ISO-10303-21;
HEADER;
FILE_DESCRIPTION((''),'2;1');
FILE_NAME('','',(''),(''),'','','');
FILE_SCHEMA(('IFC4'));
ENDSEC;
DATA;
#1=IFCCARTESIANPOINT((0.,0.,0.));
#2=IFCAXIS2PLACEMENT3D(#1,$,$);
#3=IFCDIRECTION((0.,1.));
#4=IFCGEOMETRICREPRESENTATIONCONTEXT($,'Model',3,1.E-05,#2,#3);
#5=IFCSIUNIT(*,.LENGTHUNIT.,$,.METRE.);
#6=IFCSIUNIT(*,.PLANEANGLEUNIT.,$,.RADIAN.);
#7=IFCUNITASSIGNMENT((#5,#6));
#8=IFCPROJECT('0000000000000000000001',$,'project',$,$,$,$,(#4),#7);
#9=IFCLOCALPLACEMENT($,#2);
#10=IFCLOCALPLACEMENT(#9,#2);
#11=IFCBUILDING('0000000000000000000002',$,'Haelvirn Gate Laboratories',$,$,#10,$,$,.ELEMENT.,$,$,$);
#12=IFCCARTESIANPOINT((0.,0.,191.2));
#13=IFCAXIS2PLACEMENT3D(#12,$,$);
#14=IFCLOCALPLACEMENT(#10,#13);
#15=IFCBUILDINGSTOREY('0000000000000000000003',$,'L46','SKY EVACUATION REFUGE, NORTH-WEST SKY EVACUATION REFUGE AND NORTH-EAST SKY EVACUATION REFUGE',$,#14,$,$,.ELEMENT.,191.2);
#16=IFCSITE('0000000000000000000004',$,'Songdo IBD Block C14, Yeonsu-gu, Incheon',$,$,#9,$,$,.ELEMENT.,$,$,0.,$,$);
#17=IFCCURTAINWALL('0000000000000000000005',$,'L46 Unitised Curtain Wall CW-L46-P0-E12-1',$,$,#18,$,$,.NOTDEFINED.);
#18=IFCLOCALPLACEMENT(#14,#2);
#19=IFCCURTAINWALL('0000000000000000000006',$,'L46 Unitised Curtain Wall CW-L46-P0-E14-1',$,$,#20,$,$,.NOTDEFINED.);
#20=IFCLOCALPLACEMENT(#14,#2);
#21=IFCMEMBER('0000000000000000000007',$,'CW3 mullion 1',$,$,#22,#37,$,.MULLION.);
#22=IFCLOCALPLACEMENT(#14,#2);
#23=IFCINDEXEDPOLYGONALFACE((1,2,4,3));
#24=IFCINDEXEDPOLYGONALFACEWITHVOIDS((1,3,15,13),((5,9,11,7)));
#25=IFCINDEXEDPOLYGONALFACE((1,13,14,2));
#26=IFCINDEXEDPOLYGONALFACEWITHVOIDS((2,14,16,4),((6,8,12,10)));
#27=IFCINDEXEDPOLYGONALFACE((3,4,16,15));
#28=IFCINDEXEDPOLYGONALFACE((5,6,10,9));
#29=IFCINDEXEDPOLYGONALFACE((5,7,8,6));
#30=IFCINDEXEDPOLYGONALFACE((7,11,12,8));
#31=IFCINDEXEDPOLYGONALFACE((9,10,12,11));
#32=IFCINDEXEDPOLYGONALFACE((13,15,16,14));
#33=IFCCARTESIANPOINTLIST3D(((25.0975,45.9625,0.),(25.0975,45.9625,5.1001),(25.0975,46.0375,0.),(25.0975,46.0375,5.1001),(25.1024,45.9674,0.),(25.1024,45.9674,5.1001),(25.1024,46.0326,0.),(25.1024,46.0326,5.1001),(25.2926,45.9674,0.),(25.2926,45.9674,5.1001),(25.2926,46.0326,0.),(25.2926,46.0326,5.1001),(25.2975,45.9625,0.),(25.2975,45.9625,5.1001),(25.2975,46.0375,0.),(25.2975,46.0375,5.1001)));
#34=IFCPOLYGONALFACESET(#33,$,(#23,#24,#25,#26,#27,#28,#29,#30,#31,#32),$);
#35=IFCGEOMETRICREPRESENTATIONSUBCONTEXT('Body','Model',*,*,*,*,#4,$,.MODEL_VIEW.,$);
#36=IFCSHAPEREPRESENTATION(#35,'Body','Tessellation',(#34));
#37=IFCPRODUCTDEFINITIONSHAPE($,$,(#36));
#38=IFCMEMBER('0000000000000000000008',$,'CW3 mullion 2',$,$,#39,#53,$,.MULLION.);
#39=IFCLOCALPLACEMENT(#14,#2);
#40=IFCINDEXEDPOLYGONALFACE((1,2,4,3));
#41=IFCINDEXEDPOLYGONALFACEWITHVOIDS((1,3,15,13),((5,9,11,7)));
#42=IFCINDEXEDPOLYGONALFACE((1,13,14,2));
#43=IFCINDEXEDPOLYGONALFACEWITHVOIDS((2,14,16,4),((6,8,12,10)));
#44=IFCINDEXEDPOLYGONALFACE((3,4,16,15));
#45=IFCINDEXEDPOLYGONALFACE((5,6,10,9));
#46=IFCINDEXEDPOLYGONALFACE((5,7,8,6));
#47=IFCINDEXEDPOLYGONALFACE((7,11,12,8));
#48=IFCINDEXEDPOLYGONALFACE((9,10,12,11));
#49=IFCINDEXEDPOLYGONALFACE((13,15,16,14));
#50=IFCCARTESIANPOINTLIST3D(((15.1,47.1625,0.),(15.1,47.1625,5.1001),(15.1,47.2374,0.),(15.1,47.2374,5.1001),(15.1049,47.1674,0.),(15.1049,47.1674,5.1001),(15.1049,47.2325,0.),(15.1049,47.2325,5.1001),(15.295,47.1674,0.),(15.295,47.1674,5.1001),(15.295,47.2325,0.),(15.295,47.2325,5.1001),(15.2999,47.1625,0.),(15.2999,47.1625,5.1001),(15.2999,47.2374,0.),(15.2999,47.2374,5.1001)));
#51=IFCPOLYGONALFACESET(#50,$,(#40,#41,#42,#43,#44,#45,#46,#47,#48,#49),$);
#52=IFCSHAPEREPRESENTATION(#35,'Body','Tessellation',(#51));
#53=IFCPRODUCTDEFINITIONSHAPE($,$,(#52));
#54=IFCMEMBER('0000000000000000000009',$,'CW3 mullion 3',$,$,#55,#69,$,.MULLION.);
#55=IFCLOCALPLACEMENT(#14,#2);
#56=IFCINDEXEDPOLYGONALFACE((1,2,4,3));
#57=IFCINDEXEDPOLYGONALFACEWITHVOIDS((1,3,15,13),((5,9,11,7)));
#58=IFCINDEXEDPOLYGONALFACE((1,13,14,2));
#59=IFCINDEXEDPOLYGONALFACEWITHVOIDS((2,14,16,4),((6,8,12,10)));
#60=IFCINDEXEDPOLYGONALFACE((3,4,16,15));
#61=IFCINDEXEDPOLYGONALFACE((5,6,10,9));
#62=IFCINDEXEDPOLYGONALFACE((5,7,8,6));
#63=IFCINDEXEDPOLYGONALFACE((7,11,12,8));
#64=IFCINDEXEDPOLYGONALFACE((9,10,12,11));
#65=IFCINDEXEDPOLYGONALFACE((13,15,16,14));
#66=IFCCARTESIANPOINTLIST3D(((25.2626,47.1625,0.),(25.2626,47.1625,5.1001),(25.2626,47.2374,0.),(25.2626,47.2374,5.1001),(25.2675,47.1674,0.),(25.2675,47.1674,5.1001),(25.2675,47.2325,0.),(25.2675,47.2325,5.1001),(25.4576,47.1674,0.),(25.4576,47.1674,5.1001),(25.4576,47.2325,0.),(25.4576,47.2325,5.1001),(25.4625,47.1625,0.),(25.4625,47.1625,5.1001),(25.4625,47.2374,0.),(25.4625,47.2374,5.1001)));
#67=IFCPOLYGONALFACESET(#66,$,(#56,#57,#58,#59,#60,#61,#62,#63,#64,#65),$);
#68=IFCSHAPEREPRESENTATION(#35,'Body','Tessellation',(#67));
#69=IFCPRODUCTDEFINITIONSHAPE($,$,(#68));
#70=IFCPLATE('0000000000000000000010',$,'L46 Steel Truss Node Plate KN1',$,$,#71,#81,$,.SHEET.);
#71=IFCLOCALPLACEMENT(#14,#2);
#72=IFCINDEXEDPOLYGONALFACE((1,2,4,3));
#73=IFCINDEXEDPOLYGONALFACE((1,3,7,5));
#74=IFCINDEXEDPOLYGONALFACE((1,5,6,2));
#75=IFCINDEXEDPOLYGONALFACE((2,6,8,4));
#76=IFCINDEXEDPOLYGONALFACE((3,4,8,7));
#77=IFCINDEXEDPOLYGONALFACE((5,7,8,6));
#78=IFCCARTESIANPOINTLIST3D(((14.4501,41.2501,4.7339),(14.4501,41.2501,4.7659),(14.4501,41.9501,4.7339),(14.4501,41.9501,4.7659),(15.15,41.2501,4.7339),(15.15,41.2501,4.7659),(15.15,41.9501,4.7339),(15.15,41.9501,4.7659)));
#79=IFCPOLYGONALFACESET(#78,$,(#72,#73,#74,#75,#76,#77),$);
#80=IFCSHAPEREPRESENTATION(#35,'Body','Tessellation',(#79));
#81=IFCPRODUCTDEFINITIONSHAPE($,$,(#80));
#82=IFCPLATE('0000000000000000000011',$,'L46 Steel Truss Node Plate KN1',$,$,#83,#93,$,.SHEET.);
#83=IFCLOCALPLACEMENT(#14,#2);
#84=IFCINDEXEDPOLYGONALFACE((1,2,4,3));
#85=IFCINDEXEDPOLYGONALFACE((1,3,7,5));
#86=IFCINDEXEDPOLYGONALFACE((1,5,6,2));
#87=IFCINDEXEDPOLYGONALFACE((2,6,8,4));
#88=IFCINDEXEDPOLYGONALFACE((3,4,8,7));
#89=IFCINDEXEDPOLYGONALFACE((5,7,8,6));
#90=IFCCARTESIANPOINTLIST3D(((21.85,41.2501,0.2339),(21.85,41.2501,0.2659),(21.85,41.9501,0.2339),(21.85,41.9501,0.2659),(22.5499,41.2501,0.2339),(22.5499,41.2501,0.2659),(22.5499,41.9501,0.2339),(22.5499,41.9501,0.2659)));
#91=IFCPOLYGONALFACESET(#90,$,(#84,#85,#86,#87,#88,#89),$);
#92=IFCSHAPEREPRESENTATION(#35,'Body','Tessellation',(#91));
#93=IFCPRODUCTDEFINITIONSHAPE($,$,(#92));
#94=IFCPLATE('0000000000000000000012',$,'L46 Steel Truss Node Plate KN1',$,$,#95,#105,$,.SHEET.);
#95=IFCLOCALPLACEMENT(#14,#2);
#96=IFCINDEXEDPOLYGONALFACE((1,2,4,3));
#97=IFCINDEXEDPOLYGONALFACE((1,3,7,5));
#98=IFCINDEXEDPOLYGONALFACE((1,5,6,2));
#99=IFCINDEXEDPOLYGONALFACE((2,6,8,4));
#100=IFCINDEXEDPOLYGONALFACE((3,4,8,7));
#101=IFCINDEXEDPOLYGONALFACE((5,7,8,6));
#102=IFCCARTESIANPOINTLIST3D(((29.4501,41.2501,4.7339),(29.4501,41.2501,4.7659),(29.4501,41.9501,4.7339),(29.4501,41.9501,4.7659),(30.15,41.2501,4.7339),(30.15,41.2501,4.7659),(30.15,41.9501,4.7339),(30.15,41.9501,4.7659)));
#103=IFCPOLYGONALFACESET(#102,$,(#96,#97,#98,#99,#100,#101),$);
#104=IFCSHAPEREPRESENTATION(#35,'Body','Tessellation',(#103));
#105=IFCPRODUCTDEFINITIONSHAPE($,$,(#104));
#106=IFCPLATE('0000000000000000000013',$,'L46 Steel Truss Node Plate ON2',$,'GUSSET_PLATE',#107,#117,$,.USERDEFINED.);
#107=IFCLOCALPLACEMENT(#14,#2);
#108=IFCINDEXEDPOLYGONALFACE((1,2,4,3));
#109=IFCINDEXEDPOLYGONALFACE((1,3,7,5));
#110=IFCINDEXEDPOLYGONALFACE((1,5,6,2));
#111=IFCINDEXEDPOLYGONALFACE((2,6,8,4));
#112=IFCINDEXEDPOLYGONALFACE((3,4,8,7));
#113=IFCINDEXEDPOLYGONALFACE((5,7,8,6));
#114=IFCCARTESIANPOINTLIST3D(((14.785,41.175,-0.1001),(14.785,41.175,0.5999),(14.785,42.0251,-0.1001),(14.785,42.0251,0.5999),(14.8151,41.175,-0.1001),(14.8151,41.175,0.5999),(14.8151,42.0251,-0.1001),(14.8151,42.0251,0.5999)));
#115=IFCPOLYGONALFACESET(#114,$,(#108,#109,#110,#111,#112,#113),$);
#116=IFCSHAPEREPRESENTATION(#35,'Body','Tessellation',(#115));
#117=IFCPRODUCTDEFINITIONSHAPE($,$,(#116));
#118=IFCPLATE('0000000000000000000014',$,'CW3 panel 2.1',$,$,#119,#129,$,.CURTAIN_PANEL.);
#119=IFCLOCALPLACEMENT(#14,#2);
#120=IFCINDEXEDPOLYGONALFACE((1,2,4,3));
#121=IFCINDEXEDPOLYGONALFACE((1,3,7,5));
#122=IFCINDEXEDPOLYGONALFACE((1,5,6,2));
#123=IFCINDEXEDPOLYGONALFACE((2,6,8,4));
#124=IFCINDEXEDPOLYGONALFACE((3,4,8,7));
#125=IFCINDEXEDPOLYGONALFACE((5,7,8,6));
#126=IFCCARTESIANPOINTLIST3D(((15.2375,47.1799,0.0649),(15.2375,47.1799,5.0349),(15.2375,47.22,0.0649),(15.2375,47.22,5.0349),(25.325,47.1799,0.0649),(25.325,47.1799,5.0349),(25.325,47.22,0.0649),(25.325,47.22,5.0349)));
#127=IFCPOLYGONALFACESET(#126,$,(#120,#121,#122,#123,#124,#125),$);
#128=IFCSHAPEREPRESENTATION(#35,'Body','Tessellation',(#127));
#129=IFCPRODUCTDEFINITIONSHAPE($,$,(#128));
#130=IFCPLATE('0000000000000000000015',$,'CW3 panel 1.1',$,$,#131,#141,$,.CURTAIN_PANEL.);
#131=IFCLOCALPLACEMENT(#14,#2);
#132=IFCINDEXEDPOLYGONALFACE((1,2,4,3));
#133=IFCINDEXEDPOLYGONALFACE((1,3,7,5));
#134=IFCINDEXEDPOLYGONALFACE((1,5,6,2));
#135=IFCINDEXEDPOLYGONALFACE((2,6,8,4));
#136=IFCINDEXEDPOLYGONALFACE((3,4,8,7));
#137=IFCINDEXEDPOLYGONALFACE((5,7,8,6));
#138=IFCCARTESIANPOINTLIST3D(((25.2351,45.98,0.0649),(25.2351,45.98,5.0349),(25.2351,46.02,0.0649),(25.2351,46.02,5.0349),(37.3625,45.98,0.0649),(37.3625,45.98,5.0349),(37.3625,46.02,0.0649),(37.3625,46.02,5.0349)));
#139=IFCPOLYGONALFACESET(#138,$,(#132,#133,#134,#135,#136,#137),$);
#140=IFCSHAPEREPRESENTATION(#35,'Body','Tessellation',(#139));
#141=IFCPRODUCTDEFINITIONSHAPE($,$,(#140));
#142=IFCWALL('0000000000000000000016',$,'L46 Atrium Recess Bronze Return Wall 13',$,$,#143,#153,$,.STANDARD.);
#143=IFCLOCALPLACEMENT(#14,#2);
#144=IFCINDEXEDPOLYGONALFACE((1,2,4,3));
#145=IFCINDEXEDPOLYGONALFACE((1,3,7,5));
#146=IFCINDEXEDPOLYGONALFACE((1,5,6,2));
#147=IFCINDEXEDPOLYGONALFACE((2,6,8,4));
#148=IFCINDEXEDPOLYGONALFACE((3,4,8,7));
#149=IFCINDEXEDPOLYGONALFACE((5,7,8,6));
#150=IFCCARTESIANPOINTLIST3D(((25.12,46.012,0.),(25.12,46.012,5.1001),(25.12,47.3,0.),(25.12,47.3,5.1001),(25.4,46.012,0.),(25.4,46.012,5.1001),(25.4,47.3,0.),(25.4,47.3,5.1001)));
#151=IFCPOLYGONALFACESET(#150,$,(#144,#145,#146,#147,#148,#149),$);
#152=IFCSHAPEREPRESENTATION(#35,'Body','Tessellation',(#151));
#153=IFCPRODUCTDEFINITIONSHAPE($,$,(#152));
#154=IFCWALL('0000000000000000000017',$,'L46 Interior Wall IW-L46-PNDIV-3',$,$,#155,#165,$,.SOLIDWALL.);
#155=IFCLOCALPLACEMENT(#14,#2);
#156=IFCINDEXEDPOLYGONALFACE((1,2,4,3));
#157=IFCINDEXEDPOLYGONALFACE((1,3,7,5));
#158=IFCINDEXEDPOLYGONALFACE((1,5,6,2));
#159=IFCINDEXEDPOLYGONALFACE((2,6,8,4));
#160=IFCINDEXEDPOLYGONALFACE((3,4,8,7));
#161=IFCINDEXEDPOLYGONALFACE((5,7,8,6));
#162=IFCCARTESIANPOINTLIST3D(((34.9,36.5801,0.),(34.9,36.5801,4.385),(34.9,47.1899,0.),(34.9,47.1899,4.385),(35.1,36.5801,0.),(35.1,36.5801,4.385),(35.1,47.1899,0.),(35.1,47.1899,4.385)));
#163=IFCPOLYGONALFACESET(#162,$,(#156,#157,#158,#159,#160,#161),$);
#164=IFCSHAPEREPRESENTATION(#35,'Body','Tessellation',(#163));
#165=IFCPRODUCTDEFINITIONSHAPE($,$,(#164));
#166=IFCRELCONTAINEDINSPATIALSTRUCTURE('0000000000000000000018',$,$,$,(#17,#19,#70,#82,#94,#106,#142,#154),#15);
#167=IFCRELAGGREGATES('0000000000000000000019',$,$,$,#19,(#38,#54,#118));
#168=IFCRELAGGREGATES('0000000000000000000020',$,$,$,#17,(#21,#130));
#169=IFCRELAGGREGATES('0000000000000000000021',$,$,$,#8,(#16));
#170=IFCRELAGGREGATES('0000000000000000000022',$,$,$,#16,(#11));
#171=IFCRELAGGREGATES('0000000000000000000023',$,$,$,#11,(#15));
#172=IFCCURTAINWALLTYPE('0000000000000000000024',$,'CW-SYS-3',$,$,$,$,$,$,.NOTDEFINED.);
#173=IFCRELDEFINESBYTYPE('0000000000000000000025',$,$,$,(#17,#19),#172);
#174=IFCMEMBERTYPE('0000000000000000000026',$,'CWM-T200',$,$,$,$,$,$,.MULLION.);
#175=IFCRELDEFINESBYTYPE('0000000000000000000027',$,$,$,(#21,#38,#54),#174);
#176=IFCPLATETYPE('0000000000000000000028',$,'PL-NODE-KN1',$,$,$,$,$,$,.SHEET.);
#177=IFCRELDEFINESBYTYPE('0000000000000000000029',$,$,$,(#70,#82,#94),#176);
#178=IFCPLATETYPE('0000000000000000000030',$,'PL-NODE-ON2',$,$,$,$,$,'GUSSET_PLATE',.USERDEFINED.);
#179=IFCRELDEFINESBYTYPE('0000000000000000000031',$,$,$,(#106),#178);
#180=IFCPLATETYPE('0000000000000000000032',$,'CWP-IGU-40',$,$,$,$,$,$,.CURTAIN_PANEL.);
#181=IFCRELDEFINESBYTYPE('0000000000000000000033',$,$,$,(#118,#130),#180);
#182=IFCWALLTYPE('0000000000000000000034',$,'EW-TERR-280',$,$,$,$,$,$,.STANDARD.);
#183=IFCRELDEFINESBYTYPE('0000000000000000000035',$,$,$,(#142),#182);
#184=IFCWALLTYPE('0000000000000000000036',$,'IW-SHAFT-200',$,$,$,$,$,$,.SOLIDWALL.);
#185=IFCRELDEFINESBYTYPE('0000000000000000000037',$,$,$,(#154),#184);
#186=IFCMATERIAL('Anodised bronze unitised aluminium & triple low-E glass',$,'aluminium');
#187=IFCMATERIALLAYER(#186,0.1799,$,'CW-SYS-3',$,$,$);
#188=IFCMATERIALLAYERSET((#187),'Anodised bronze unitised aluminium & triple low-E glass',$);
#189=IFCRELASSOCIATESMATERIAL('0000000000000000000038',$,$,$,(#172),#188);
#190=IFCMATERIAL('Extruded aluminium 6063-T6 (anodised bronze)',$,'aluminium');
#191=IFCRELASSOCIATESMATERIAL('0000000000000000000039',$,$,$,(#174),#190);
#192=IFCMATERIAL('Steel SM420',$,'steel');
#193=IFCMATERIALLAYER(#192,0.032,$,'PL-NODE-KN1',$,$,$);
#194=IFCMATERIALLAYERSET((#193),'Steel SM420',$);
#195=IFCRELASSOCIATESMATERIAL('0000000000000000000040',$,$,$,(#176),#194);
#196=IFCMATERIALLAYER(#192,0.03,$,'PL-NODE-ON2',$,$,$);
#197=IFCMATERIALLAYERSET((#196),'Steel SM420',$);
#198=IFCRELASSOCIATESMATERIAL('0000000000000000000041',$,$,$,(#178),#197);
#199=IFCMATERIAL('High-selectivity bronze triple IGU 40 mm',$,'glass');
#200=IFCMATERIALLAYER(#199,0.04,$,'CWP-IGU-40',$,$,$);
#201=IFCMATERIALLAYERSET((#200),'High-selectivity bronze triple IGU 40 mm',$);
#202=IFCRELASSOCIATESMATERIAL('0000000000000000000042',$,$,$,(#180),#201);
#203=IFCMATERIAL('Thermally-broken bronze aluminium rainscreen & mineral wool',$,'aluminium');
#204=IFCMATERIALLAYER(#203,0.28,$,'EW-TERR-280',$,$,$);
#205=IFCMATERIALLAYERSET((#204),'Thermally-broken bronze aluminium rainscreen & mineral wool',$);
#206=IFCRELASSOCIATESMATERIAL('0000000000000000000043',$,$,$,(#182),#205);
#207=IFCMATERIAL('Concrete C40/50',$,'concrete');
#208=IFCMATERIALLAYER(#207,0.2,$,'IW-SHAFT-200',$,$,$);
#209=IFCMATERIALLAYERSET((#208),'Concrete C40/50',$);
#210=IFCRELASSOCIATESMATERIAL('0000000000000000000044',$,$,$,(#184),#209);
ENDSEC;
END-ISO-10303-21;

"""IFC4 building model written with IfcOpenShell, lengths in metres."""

from ifc_helpers import new_model, si_unit, direction, frame, frame_2d, origin, origin_2d, place, context, subcontext, project, spatial, rectangle, hollow_rectangle, extrude, source, transform, mapped, material, layer, layer_set, material_profile, profile_set, type_object, type_shapes, element, aggregate, save


model = new_model("IFC4")

# Units and contexts
model_context = context("Model", 3, precision=1e-05, world=origin(), true_north=direction((0.0, 1.0)))
body_context = subcontext(model_context, "Body", "Model", "MODEL_VIEW")
ifc_project = project(units=[si_unit("LENGTHUNIT", "METRE"), si_unit("PLANEANGLEUNIT", "RADIAN")], contexts=[model_context])

# Site, building, storey
site_placement = place(None, origin())
site = spatial("IfcSite", under=ifc_project, at=site_placement, Name="Songdo IBD Block C14, Yeonsu-gu, Incheon", CompositionType="ELEMENT", RefElevation=0.0)
building_placement = place(site_placement, origin())
building = spatial("IfcBuilding", under=site, at=building_placement, Name="Haelvirn Gate Laboratories", CompositionType="ELEMENT")
storey_placement = place(building_placement, frame((0.0, 0.0, 191.2)))
storey = spatial("IfcBuildingStorey", under=building, at=storey_placement, Name="L46", Description="SKY EVACUATION REFUGE, NORTH-WEST SKY EVACUATION REFUGE AND NORTH-EAST SKY EVACUATION REFUGE", CompositionType="ELEMENT", Elevation=191.2)

# Shared definitions
ifc_material_1 = material(Name="Steel SM420", Category="steel")

# Curtain walls
ifc_material_2 = material(Name="Anodised bronze unitised aluminium & triple low-E glass", Category="aluminium")
ifc_layer_1 = layer(ifc_material_2, 0.1799, Name="CW-SYS-3")
ifc_layer_set_1 = layer_set([ifc_layer_1], Name="Anodised bronze unitised aluminium & triple low-E glass")
curtain_wall_type = type_object("IfcCurtainWallType", Name="CW-SYS-3", PredefinedType="NOTDEFINED", material=ifc_layer_set_1)
curtain_wall_1_placement = place(storey_placement, origin())
curtain_wall_1 = element("IfcCurtainWall", 1, at=curtain_wall_1_placement, inside=storey, type_object=curtain_wall_type, Name="L46 Unitised Curtain Wall CW-L46-P0-E12-1", PredefinedType="NOTDEFINED")
ifc_material_3 = material(Name="Extruded aluminium 6063-T6 (anodised bronze)", Category="aluminium")
curtain_wall_2_placement = place(storey_placement, origin())
curtain_wall_2 = element("IfcCurtainWall", 2, at=curtain_wall_2_placement, inside=storey, type_object=curtain_wall_type, Name="L46 Unitised Curtain Wall CW-L46-P0-E14-1", PredefinedType="NOTDEFINED")

# Members
ifc_material_profile_1 = material_profile(ifc_material_3, hollow_rectangle(XDim=0.075, YDim=0.2, WallThickness=0.0049, at=origin_2d()), Name="CWM-200x75x5")
ifc_profile_set_1 = profile_set([ifc_material_profile_1], Name="Extruded aluminium 6063-T6 (anodised bronze)")
member_type_1 = type_object("IfcMemberType", Name="CWM-T200", PredefinedType="MULLION", material=ifc_profile_set_1)
shared_shape_1 = source(origin(), body_context, "Body", "SweptSolid", [
    extrude(hollow_rectangle(XDim=0.075, YDim=0.2, WallThickness=0.0049, at=origin_2d()), origin(), (0.0, 0.0, 1.0), 5.1001),
])
type_shapes(member_type_1, [shared_shape_1])
member_1_placement = place(storey_placement, frame((25.1975, 46.0, 0.0), z_axis=(0.0, 0.0, 1.0), x_axis=(0.0, 1.0, 0.0)))
member_1 = element("IfcMember", 3, at=member_1_placement, type_object=member_type_1, Name="CW3 mullion 1", PredefinedType="MULLION", context=body_context, shape_type="MappedRepresentation", body=[
    mapped(shared_shape_1, transform((0.0, 0.0, 0.0), scale=1.0)),
])
member_2_placement = place(storey_placement, frame((15.2, 47.2, 0.0), z_axis=(0.0, 0.0, 1.0), x_axis=(0.0, 1.0, 0.0)))
member_2 = element("IfcMember", 4, at=member_2_placement, type_object=member_type_1, Name="CW3 mullion 2", PredefinedType="MULLION", context=body_context, shape_type="MappedRepresentation", body=[
    mapped(shared_shape_1, transform((0.0, 0.0, 0.0), scale=1.0)),
])
member_3_placement = place(storey_placement, frame((25.3625, 47.2, 0.0), z_axis=(0.0, 0.0, 1.0), x_axis=(0.0, 1.0, 0.0)))
member_3 = element("IfcMember", 5, at=member_3_placement, type_object=member_type_1, Name="CW3 mullion 3", PredefinedType="MULLION", context=body_context, shape_type="MappedRepresentation", body=[
    mapped(shared_shape_1, transform((0.0, 0.0, 0.0), scale=1.0)),
])

# Plates
ifc_layer_2 = layer(ifc_material_1, 0.032, Name="PL-NODE-KN1")
ifc_layer_set_2 = layer_set([ifc_layer_2], Name="Steel SM420")
plate_type_1 = type_object("IfcPlateType", Name="PL-NODE-KN1", PredefinedType="SHEET", material=ifc_layer_set_2)
shared_shape_2 = source(origin(), body_context, "Body", "SweptSolid", [
    extrude(rectangle(XDim=0.7, YDim=0.7, at=origin_2d()), origin(), (0.0, 0.0, 1.0), 0.032),
])
type_shapes(plate_type_1, [shared_shape_2])
for number, where, z_axis, x_axis, name in (
    (6, (14.8, 41.6001, 4.7339), (0.0, 0.0, 1.0), (1.0, 0.0, 0.0), "L46 Steel Truss Node Plate KN1"),
    (7, (22.2, 41.6001, 0.2339), (0.0, 0.0, 1.0), (1.0, 0.0, 0.0), "L46 Steel Truss Node Plate KN1"),
    (8, (29.8, 41.6001, 4.7339), (0.0, 0.0, 1.0), (1.0, 0.0, 0.0), "L46 Steel Truss Node Plate KN1"),
):
    element("IfcPlate", number, at=place(storey_placement, frame(where, z_axis=z_axis, x_axis=x_axis)), inside=storey, type_object=plate_type_1, Name=name, PredefinedType="SHEET", context=body_context, shape_type="MappedRepresentation", body=[
        mapped(shared_shape_2, transform((0.0, 0.0, 0.0), scale=1.0)),
    ])
ifc_layer_3 = layer(ifc_material_1, 0.03, Name="PL-NODE-ON2")
ifc_layer_set_3 = layer_set([ifc_layer_3], Name="Steel SM420")
plate_type_2 = type_object("IfcPlateType", Name="PL-NODE-ON2", ElementType="GUSSET_PLATE", PredefinedType="USERDEFINED", material=ifc_layer_set_3)
shared_shape_3 = source(origin(), body_context, "Body", "SweptSolid", [
    extrude(rectangle(XDim=0.8501, YDim=0.03, at=origin_2d()), origin(), (0.0, 0.0, 1.0), 0.7),
])
type_shapes(plate_type_2, [shared_shape_3])
plate_1_placement = place(storey_placement, frame((14.8, 41.6001, -0.1001), z_axis=(0.0, 0.0, 1.0), x_axis=(0.0, 1.0, 0.0)))
element("IfcPlate", 9, at=plate_1_placement, inside=storey, type_object=plate_type_2, Name="L46 Steel Truss Node Plate ON2", ObjectType="GUSSET_PLATE", PredefinedType="USERDEFINED", context=body_context, shape_type="MappedRepresentation", body=[
    mapped(shared_shape_3, transform((0.0, 0.0, 0.0), scale=1.0)),
])

# Plates
ifc_material_4 = material(Name="High-selectivity bronze triple IGU 40 mm", Category="glass")
ifc_layer_4 = layer(ifc_material_4, 0.04, Name="CWP-IGU-40")
ifc_layer_set_4 = layer_set([ifc_layer_4], Name="High-selectivity bronze triple IGU 40 mm")
plate_type_3 = type_object("IfcPlateType", Name="CWP-IGU-40", PredefinedType="CURTAIN_PANEL", material=ifc_layer_set_4)
shared_shape_4 = source(origin(), body_context, "Body", "SweptSolid", [
    extrude(rectangle(XDim=10.0874, YDim=0.04, at=origin_2d()), origin(), (0.0, 0.0, 1.0), 4.97),
])
plate_2_placement = place(storey_placement, frame((20.2812, 47.2, 0.0649), z_axis=(0.0, 0.0, 1.0), x_axis=(1.0, 0.0, 0.0)))
plate_2 = element("IfcPlate", 10, at=plate_2_placement, type_object=plate_type_3, Name="CW3 panel 2.1", PredefinedType="CURTAIN_PANEL", context=body_context, shape_type="MappedRepresentation", body=[
    mapped(shared_shape_4, transform((0.0, 0.0, 0.0), scale=1.0)),
])
aggregate(curtain_wall_2, [member_2, member_3, plate_2])
shared_shape_5 = source(origin(), body_context, "Body", "SweptSolid", [
    extrude(rectangle(XDim=12.1274, YDim=0.04, at=origin_2d()), origin(), (0.0, 0.0, 1.0), 4.97),
])
type_shapes(plate_type_3, [shared_shape_4, shared_shape_5])
plate_3_placement = place(storey_placement, frame((31.2988, 46.0, 0.0649), z_axis=(0.0, 0.0, 1.0), x_axis=(1.0, 0.0, 0.0)))
plate_3 = element("IfcPlate", 11, at=plate_3_placement, type_object=plate_type_3, Name="CW3 panel 1.1", PredefinedType="CURTAIN_PANEL", context=body_context, shape_type="MappedRepresentation", body=[
    mapped(shared_shape_5, transform((0.0, 0.0, 0.0), scale=1.0)),
])
aggregate(curtain_wall_1, [member_1, plate_3])

# Walls
ifc_material_5 = material(Name="Thermally-broken bronze aluminium rainscreen & mineral wool", Category="aluminium")
ifc_layer_5 = layer(ifc_material_5, 0.28, Name="EW-TERR-280")
ifc_layer_set_5 = layer_set([ifc_layer_5], Name="Thermally-broken bronze aluminium rainscreen & mineral wool")
wall_type_1 = type_object("IfcWallType", Name="EW-TERR-280", PredefinedType="STANDARD", material=ifc_layer_set_5)
wall_1_placement = place(storey_placement, frame((25.26, 46.012, 0.0), z_axis=(0.0, 0.0, 1.0), x_axis=(0.0, 1.0, 0.0)))
element("IfcWall", 12, at=wall_1_placement, inside=storey, type_object=wall_type_1, Name="L46 Atrium Recess Bronze Return Wall 13", PredefinedType="STANDARD", context=body_context, shape_type="SweptSolid", body=[
    extrude(rectangle(XDim=1.2881, YDim=0.28, at=frame_2d((0.644, 0.0))), origin(), (0.0, 0.0, 1.0), 5.1001),
])
ifc_material_6 = material(Name="Concrete C40/50", Category="concrete")
ifc_layer_6 = layer(ifc_material_6, 0.2, Name="IW-SHAFT-200")
ifc_layer_set_6 = layer_set([ifc_layer_6], Name="Concrete C40/50")
wall_type_2 = type_object("IfcWallType", Name="IW-SHAFT-200", PredefinedType="SOLIDWALL", material=ifc_layer_set_6)
wall_2_placement = place(storey_placement, frame((35.0, 36.5801, 0.0), z_axis=(0.0, 0.0, 1.0), x_axis=(0.0, 1.0, 0.0)))
element("IfcWall", 13, at=wall_2_placement, inside=storey, type_object=wall_type_2, Name="L46 Interior Wall IW-L46-PNDIV-3", PredefinedType="SOLIDWALL", context=body_context, shape_type="SweptSolid", body=[
    extrude(rectangle(XDim=10.6099, YDim=0.2, at=frame_2d((5.3049, 0.0))), origin(), (0.0, 0.0, 1.0), 4.385),
])

save(model, "model.ifc")
